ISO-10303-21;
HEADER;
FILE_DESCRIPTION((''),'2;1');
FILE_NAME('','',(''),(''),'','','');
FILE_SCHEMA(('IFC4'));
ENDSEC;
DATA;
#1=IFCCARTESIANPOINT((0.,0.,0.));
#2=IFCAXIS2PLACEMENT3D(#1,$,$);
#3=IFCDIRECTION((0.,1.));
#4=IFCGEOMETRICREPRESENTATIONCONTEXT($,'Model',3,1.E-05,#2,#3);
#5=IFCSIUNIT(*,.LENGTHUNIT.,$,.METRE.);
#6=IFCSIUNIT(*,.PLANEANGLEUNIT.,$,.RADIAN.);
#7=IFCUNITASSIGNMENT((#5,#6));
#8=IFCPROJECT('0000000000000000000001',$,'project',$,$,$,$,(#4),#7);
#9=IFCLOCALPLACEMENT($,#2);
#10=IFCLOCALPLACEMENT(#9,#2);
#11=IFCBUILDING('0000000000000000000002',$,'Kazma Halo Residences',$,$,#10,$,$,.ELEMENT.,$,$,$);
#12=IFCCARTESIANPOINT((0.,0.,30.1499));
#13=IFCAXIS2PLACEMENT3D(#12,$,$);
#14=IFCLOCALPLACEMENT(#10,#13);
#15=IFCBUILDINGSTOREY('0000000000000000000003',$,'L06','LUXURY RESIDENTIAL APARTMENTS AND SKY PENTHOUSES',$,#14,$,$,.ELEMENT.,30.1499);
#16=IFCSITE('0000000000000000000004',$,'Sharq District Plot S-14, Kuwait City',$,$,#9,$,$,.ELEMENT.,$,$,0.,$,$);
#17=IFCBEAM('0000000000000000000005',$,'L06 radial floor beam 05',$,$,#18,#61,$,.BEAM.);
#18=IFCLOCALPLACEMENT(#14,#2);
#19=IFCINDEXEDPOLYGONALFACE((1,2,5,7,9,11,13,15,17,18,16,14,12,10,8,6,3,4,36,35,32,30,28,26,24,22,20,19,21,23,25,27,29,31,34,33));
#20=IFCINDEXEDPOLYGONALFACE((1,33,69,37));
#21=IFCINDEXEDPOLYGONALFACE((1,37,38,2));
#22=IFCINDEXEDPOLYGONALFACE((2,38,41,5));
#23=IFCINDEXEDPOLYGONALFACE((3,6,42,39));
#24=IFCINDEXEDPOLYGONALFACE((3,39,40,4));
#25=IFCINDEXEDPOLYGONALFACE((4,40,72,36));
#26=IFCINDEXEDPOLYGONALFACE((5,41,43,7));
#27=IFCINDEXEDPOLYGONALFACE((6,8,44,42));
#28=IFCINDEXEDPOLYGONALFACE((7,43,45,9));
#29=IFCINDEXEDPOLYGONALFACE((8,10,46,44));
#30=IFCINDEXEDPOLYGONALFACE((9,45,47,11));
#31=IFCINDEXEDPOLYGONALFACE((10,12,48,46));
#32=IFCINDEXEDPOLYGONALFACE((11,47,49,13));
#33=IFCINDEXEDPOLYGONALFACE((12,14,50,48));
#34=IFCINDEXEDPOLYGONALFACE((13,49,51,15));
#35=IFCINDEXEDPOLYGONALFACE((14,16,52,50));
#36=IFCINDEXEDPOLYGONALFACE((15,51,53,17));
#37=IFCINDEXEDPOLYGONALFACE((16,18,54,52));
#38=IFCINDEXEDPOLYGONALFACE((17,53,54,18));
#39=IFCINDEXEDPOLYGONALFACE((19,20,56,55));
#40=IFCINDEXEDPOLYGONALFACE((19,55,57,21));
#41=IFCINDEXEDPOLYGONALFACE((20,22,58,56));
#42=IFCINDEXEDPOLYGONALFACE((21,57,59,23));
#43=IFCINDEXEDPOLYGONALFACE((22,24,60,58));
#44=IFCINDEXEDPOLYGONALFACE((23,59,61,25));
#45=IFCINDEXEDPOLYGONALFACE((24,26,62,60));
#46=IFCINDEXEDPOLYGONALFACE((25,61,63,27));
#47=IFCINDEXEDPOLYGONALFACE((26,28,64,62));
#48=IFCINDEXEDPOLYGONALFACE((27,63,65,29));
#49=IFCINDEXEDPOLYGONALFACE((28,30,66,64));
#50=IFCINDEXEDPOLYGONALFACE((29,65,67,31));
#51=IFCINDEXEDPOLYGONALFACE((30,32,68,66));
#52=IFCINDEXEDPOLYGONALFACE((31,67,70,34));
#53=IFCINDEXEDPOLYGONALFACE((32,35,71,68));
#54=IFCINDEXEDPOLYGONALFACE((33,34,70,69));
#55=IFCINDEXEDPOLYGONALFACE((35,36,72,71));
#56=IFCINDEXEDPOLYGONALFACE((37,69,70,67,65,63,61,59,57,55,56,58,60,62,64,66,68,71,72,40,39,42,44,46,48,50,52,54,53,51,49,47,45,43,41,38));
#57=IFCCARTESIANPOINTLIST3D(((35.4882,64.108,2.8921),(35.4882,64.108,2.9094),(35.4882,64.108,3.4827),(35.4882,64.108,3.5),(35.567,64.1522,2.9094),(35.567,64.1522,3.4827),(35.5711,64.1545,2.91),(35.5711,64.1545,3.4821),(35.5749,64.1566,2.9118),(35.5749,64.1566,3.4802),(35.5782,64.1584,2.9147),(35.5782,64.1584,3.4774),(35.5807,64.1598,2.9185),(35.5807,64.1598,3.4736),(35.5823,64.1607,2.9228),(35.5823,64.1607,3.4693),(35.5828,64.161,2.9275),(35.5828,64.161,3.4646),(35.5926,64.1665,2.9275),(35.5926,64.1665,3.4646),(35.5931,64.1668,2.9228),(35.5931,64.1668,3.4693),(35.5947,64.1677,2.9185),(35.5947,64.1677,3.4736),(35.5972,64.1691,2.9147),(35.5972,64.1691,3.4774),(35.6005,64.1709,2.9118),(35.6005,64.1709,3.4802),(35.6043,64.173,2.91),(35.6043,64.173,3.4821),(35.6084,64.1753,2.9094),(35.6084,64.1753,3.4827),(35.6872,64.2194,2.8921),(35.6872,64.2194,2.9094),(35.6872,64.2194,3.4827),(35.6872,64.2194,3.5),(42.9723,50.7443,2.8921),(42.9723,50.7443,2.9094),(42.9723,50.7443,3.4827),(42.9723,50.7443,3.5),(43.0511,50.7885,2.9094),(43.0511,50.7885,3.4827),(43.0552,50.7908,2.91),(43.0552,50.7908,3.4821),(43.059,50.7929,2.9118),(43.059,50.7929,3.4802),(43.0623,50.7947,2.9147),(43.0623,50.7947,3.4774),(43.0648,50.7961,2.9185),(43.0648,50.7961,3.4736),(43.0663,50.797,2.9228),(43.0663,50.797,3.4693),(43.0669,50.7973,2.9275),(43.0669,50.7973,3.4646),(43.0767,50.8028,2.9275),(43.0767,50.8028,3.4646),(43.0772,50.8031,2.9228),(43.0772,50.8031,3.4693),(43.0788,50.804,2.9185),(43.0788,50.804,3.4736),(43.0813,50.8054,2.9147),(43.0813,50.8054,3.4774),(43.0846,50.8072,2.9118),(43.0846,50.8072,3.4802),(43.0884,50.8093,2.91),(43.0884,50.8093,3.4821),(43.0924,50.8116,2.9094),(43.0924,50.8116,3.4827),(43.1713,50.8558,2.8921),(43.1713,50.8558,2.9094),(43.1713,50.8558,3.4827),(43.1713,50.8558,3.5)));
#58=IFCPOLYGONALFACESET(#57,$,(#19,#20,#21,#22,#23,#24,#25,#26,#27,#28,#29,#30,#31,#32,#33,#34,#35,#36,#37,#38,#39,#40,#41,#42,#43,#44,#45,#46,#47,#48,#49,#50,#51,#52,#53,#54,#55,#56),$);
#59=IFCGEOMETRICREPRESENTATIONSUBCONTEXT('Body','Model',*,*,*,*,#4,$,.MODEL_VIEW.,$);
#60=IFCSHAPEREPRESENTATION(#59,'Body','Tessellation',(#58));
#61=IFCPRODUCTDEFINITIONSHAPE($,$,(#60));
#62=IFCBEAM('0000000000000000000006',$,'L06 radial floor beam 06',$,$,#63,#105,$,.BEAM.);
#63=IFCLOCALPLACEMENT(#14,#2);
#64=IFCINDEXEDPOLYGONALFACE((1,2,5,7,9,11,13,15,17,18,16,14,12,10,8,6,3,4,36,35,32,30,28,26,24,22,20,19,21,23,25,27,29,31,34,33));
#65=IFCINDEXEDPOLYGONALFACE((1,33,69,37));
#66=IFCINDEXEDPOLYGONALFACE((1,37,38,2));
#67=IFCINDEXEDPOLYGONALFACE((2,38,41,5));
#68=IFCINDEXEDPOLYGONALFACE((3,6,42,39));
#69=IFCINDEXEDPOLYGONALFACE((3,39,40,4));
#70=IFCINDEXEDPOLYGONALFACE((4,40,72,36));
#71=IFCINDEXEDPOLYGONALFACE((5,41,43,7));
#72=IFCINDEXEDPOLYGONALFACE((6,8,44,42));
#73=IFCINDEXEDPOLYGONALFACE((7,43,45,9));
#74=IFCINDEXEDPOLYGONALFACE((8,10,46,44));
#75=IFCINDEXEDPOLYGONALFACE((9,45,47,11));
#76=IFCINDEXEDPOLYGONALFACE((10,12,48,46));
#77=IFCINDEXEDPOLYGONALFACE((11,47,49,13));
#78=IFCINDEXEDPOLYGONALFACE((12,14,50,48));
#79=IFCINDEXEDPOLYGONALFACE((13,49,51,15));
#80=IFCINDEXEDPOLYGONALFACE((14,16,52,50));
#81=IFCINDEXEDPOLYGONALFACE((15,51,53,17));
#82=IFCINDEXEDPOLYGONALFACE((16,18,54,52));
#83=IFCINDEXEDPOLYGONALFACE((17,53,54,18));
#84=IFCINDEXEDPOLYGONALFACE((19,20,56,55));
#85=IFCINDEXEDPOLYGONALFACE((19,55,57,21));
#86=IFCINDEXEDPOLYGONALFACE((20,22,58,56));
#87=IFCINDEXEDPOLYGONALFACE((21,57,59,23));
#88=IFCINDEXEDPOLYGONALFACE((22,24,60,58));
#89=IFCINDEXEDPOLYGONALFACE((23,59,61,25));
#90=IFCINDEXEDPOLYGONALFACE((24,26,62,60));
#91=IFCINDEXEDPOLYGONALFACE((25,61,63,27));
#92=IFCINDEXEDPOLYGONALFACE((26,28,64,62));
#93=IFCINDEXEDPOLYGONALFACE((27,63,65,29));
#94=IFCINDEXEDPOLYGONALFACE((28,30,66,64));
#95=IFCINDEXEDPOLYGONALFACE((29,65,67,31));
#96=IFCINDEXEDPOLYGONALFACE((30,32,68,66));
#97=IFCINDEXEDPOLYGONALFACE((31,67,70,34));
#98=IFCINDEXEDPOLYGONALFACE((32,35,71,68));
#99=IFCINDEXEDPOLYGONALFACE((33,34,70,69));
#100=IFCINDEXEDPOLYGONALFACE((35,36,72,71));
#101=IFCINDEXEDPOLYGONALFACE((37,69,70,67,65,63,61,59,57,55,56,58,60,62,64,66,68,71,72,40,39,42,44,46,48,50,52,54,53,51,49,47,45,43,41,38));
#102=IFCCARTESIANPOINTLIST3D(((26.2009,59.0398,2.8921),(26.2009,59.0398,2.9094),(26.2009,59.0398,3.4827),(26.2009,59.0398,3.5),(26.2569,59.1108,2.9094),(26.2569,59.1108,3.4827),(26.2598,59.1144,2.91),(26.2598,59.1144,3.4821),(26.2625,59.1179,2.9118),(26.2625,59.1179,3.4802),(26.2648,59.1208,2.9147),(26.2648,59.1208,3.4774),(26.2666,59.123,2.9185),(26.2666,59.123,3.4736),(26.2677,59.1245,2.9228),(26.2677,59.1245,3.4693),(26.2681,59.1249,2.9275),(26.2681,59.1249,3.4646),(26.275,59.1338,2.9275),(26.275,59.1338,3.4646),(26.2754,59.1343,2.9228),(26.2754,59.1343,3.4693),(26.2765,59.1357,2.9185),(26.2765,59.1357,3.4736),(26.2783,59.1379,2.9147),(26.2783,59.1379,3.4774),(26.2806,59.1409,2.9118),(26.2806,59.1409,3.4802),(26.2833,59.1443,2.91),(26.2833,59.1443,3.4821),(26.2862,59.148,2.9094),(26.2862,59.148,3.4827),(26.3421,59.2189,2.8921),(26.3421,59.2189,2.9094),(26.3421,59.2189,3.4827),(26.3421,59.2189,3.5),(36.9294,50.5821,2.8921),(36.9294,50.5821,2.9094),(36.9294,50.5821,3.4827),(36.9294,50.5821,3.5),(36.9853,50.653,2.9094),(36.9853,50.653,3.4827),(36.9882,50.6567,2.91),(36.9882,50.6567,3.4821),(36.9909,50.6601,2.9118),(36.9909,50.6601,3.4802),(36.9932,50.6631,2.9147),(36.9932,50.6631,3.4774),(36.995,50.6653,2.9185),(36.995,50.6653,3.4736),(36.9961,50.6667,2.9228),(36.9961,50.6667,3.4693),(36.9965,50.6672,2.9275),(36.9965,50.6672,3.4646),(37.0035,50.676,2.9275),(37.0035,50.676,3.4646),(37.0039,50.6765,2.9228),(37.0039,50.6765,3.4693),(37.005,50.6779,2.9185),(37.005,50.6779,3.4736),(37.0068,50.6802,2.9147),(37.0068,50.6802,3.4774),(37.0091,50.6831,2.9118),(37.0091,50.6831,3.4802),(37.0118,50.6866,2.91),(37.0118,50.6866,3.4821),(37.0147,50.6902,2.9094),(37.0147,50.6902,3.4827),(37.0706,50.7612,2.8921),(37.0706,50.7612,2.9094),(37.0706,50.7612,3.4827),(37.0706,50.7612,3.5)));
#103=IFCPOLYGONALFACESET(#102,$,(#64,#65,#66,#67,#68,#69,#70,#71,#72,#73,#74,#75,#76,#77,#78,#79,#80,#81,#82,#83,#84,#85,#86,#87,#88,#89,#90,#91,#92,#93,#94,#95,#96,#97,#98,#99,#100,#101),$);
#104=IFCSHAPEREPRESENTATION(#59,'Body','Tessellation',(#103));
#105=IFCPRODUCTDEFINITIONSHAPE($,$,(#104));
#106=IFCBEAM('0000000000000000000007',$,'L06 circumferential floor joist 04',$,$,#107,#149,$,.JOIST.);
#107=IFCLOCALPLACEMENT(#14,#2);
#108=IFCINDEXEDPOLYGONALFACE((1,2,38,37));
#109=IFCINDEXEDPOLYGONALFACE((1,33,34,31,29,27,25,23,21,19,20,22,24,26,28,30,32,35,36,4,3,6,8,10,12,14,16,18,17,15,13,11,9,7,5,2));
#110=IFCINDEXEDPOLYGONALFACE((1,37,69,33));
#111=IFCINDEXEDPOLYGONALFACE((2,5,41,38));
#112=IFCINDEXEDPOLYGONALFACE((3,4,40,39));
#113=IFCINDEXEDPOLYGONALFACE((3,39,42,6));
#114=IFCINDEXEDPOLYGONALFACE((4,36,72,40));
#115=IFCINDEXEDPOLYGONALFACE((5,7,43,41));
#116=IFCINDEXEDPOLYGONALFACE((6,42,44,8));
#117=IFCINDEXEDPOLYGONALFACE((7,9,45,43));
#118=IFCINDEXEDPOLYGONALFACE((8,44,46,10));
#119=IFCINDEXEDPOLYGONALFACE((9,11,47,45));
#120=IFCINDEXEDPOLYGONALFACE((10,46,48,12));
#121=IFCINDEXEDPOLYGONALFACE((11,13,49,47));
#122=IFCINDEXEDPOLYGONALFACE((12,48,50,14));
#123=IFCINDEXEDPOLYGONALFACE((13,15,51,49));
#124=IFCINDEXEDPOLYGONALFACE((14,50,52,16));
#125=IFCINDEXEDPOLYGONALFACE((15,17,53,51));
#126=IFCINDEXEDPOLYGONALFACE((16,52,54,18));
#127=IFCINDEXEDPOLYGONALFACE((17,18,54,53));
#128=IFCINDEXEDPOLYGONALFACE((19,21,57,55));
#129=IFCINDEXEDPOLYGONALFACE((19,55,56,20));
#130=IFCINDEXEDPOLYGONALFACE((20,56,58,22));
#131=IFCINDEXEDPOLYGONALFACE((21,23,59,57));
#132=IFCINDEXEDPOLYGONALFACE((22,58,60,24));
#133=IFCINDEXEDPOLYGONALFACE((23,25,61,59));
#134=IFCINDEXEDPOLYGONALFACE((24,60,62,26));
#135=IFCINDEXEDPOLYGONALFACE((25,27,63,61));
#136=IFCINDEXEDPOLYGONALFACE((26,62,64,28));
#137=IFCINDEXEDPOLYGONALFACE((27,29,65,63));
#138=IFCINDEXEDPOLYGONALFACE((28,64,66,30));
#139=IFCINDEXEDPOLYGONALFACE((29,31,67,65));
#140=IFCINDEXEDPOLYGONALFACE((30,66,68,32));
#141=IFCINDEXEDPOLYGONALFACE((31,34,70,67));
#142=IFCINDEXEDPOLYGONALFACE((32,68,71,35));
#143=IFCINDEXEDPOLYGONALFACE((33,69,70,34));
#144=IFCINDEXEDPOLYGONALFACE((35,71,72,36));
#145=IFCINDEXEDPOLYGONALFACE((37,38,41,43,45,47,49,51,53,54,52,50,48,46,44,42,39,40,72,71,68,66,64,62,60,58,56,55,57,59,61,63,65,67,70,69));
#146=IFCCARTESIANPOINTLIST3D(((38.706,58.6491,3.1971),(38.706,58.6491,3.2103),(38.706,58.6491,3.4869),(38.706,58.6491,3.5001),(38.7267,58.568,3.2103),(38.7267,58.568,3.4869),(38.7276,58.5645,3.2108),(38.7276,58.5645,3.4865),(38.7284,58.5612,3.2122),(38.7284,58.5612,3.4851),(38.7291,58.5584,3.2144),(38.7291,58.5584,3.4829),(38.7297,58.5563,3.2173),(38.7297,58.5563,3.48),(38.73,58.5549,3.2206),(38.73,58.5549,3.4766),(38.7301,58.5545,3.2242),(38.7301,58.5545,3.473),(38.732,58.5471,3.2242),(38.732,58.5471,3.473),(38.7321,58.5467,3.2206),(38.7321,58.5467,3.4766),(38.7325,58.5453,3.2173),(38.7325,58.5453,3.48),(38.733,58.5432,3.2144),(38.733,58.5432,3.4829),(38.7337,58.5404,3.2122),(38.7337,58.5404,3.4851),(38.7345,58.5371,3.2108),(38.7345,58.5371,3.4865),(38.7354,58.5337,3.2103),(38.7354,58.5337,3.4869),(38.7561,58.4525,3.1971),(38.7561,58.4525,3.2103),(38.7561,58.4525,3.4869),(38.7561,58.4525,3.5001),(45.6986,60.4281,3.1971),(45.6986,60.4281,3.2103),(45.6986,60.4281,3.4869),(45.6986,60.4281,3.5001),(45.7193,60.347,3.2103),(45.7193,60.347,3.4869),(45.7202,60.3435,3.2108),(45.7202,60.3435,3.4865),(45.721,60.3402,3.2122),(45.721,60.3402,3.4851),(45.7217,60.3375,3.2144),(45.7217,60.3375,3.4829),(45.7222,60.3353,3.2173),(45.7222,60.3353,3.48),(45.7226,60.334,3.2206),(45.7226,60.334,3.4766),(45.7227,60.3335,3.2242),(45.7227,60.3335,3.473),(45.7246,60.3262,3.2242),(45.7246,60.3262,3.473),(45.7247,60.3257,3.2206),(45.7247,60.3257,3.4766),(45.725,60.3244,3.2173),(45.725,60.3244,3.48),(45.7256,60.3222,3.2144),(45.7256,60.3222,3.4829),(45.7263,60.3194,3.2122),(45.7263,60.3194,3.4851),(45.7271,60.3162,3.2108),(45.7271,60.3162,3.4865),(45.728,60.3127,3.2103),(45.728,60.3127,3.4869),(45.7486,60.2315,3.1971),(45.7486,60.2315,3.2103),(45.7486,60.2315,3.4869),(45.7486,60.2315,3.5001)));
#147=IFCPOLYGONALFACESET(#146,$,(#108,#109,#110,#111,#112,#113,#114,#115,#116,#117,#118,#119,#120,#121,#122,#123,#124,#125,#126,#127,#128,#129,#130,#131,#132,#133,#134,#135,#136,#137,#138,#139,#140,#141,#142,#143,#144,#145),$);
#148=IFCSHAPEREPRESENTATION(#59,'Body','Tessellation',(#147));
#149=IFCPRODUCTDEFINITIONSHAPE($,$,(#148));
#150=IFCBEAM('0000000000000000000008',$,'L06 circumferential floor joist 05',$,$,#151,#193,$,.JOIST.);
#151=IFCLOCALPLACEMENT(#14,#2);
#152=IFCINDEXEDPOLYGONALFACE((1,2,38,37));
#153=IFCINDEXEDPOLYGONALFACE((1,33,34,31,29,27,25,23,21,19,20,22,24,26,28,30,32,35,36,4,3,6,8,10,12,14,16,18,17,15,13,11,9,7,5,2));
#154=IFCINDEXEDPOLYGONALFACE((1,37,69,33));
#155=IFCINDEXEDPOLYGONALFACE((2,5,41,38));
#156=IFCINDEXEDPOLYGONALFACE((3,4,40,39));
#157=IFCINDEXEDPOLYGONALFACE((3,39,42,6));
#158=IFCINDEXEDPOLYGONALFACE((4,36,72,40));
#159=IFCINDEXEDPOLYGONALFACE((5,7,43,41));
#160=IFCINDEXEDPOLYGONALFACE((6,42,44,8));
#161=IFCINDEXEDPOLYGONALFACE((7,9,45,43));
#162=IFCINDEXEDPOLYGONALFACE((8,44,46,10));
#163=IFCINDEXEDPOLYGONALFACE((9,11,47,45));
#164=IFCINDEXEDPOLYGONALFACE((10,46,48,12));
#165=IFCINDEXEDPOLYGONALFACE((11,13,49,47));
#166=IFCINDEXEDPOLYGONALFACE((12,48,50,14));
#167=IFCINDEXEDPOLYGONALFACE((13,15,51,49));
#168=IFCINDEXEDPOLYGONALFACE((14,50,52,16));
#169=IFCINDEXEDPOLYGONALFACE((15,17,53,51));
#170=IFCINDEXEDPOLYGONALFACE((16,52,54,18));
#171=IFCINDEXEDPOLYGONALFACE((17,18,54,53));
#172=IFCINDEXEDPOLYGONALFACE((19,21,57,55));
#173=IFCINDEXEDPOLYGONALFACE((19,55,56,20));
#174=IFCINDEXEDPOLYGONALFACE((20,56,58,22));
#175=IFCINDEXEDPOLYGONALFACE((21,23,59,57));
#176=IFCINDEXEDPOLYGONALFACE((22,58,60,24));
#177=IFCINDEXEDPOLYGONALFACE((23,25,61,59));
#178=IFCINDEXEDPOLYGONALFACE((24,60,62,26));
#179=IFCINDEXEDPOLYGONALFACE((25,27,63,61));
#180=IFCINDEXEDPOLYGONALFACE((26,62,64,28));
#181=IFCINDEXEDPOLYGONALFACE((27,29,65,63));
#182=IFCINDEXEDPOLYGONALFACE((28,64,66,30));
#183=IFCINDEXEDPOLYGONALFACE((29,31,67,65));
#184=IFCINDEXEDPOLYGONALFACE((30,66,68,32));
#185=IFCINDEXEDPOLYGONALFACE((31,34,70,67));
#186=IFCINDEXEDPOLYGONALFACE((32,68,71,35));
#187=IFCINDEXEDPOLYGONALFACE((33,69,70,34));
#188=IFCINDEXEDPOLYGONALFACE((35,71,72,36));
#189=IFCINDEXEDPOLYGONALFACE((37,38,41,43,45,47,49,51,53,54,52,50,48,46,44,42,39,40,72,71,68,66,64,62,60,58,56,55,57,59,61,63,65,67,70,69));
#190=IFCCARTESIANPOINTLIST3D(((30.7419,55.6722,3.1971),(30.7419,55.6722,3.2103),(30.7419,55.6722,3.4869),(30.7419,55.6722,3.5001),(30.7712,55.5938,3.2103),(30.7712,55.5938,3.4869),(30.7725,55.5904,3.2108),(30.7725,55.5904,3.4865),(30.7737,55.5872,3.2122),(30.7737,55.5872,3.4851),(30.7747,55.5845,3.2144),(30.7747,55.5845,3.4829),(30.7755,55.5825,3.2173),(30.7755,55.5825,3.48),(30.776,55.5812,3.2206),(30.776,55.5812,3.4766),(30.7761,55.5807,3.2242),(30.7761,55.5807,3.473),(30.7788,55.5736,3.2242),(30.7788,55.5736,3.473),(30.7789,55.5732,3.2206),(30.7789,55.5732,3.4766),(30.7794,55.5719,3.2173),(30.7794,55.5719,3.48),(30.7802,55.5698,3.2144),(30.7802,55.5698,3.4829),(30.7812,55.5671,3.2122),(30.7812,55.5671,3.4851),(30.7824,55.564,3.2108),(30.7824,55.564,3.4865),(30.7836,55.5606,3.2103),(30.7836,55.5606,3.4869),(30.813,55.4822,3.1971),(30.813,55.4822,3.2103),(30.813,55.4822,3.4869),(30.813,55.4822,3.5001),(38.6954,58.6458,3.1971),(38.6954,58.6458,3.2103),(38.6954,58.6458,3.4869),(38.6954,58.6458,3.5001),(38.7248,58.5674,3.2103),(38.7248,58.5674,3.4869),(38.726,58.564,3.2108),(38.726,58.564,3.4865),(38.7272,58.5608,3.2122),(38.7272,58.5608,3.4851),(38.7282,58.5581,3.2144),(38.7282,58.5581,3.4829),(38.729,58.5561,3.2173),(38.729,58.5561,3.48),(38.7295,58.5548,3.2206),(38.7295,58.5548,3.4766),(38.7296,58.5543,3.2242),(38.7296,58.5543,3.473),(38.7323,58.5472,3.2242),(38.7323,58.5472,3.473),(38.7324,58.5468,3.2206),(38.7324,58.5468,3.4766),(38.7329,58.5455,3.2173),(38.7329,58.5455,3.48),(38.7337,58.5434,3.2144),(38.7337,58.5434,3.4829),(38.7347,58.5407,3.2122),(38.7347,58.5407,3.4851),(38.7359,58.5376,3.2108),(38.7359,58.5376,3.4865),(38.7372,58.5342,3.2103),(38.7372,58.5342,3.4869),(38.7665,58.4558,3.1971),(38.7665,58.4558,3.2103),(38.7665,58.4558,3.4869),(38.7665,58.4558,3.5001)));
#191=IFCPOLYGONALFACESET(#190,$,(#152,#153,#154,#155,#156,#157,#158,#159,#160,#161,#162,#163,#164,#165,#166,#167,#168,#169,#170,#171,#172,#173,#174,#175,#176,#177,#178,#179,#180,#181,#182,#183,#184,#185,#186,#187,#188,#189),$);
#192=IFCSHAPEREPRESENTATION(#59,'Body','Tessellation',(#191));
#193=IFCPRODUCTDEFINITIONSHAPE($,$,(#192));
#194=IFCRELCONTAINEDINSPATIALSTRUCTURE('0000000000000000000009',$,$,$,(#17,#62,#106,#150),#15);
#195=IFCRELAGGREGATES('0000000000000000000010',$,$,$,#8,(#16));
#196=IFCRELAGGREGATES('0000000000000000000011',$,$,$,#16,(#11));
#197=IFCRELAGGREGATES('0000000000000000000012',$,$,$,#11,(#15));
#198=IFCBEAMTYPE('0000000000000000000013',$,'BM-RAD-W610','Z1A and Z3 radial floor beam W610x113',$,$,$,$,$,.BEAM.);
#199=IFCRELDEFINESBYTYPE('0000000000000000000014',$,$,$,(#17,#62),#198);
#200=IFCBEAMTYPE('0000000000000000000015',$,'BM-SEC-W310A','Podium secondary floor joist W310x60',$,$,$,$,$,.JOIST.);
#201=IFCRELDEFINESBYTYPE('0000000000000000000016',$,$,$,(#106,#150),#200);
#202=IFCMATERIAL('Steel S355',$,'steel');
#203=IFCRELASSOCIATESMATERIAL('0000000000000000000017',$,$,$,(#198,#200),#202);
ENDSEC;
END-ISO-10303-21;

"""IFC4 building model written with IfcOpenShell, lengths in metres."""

from ifc_helpers import new_model, si_unit, direction, frame, origin, origin_2d, place, context, subcontext, project, spatial, i_section, extrude, material, material_profile, profile_set, type_object, element, save


model = new_model("IFC4")

# Units and contexts
model_context = context("Model", 3, precision=1e-05, world=origin(), true_north=direction((0.0, 1.0)))
body_context = subcontext(model_context, "Body", "Model", "MODEL_VIEW")
ifc_project = project(units=[si_unit("LENGTHUNIT", "METRE"), si_unit("PLANEANGLEUNIT", "RADIAN")], contexts=[model_context])

# Site, building, storey
site_placement = place(None, origin())
site = spatial("IfcSite", under=ifc_project, at=site_placement, Name="Sharq District Plot S-14, Kuwait City", CompositionType="ELEMENT", RefElevation=0.0)
building_placement = place(site_placement, origin())
building = spatial("IfcBuilding", under=site, at=building_placement, Name="Kazma Halo Residences", CompositionType="ELEMENT")
storey_placement = place(building_placement, frame((0.0, 0.0, 30.1499)))
storey = spatial("IfcBuildingStorey", under=building, at=storey_placement, Name="L06", Description="LUXURY RESIDENTIAL APARTMENTS AND SKY PENTHOUSES", CompositionType="ELEMENT", Elevation=30.1499)

# Beams
ifc_material_1 = material(Name="Steel S355", Category="steel")
ifc_material_profile_1 = material_profile(ifc_material_1, i_section(OverallWidth=0.228, OverallDepth=0.6079, WebThickness=0.0112, FlangeThickness=0.0173, FilletRadius=0.0181, at=origin_2d()), Name="W610x113")
ifc_profile_set_1 = profile_set([ifc_material_profile_1], Name="Steel S355")
beam_type_1 = type_object("IfcBeamType", Name="BM-RAD-W610", Description="Z1A and Z3 radial floor beam W610x113", PredefinedType="BEAM", material=ifc_profile_set_1)
beam_1_placement = place(storey_placement, frame((43.0718, 50.8, 3.196), z_axis=(-0.488624, 0.872494, 0.0), x_axis=(-0.872494, -0.488624, 0.0)))
element("IfcBeam", 1, at=beam_1_placement, inside=storey, type_object=beam_type_1, Name="L06 radial floor beam 05", PredefinedType="BEAM", context=body_context, shape_type="SweptSolid", body=[
    extrude(i_section(OverallWidth=0.228, OverallDepth=0.6079, WebThickness=0.0112, FlangeThickness=0.0173, FilletRadius=0.0181, at=origin_2d()), origin(), (0.0, 0.0, 1.0), 15.3167),
])
beam_2_placement = place(storey_placement, frame((37.0, 50.6716, 3.196), z_axis=(-0.785314, 0.619098, 0.0), x_axis=(-0.619098, -0.785314, 0.0)))
element("IfcBeam", 2, at=beam_2_placement, inside=storey, type_object=beam_type_1, Name="L06 radial floor beam 06", PredefinedType="BEAM", context=body_context, shape_type="SweptSolid", body=[
    extrude(i_section(OverallWidth=0.228, OverallDepth=0.6079, WebThickness=0.0112, FlangeThickness=0.0173, FilletRadius=0.0181, at=origin_2d()), origin(), (0.0, 0.0, 1.0), 13.6614),
])
ifc_material_profile_2 = material_profile(ifc_material_1, i_section(OverallWidth=0.2029, OverallDepth=0.303, WebThickness=0.0076, FlangeThickness=0.0132, FilletRadius=0.0139, at=origin_2d()), Name="W310x60")
ifc_profile_set_2 = profile_set([ifc_material_profile_2], Name="Steel S355")
beam_type_2 = type_object("IfcBeamType", Name="BM-SEC-W310A", Description="Podium secondary floor joist W310x60", PredefinedType="JOIST", material=ifc_profile_set_2)
beam_3_placement = place(storey_placement, frame((45.7236, 60.3298, 3.3486), z_axis=(-0.969127, -0.246562, 0.0), x_axis=(0.246562, -0.969127, 0.0)))
element("IfcBeam", 3, at=beam_3_placement, inside=storey, type_object=beam_type_2, Name="L06 circumferential floor joist 04", PredefinedType="JOIST", context=body_context, shape_type="SweptSolid", body=[
    extrude(i_section(OverallWidth=0.2029, OverallDepth=0.303, WebThickness=0.0076, FlangeThickness=0.0132, FilletRadius=0.0139, at=origin_2d()), origin(), (0.0, 0.0, 1.0), 7.2153),
])
beam_4_placement = place(storey_placement, frame((38.731, 58.5508, 3.3486), z_axis=(-0.936676, -0.350197, 0.0), x_axis=(0.350197, -0.936676, 0.0)))
element("IfcBeam", 4, at=beam_4_placement, inside=storey, type_object=beam_type_2, Name="L06 circumferential floor joist 05", PredefinedType="JOIST", context=body_context, shape_type="SweptSolid", body=[
    extrude(i_section(OverallWidth=0.2029, OverallDepth=0.303, WebThickness=0.0076, FlangeThickness=0.0132, FilletRadius=0.0139, at=origin_2d()), origin(), (0.0, 0.0, 1.0), 8.4912),
])

save(model, "model.ifc")
